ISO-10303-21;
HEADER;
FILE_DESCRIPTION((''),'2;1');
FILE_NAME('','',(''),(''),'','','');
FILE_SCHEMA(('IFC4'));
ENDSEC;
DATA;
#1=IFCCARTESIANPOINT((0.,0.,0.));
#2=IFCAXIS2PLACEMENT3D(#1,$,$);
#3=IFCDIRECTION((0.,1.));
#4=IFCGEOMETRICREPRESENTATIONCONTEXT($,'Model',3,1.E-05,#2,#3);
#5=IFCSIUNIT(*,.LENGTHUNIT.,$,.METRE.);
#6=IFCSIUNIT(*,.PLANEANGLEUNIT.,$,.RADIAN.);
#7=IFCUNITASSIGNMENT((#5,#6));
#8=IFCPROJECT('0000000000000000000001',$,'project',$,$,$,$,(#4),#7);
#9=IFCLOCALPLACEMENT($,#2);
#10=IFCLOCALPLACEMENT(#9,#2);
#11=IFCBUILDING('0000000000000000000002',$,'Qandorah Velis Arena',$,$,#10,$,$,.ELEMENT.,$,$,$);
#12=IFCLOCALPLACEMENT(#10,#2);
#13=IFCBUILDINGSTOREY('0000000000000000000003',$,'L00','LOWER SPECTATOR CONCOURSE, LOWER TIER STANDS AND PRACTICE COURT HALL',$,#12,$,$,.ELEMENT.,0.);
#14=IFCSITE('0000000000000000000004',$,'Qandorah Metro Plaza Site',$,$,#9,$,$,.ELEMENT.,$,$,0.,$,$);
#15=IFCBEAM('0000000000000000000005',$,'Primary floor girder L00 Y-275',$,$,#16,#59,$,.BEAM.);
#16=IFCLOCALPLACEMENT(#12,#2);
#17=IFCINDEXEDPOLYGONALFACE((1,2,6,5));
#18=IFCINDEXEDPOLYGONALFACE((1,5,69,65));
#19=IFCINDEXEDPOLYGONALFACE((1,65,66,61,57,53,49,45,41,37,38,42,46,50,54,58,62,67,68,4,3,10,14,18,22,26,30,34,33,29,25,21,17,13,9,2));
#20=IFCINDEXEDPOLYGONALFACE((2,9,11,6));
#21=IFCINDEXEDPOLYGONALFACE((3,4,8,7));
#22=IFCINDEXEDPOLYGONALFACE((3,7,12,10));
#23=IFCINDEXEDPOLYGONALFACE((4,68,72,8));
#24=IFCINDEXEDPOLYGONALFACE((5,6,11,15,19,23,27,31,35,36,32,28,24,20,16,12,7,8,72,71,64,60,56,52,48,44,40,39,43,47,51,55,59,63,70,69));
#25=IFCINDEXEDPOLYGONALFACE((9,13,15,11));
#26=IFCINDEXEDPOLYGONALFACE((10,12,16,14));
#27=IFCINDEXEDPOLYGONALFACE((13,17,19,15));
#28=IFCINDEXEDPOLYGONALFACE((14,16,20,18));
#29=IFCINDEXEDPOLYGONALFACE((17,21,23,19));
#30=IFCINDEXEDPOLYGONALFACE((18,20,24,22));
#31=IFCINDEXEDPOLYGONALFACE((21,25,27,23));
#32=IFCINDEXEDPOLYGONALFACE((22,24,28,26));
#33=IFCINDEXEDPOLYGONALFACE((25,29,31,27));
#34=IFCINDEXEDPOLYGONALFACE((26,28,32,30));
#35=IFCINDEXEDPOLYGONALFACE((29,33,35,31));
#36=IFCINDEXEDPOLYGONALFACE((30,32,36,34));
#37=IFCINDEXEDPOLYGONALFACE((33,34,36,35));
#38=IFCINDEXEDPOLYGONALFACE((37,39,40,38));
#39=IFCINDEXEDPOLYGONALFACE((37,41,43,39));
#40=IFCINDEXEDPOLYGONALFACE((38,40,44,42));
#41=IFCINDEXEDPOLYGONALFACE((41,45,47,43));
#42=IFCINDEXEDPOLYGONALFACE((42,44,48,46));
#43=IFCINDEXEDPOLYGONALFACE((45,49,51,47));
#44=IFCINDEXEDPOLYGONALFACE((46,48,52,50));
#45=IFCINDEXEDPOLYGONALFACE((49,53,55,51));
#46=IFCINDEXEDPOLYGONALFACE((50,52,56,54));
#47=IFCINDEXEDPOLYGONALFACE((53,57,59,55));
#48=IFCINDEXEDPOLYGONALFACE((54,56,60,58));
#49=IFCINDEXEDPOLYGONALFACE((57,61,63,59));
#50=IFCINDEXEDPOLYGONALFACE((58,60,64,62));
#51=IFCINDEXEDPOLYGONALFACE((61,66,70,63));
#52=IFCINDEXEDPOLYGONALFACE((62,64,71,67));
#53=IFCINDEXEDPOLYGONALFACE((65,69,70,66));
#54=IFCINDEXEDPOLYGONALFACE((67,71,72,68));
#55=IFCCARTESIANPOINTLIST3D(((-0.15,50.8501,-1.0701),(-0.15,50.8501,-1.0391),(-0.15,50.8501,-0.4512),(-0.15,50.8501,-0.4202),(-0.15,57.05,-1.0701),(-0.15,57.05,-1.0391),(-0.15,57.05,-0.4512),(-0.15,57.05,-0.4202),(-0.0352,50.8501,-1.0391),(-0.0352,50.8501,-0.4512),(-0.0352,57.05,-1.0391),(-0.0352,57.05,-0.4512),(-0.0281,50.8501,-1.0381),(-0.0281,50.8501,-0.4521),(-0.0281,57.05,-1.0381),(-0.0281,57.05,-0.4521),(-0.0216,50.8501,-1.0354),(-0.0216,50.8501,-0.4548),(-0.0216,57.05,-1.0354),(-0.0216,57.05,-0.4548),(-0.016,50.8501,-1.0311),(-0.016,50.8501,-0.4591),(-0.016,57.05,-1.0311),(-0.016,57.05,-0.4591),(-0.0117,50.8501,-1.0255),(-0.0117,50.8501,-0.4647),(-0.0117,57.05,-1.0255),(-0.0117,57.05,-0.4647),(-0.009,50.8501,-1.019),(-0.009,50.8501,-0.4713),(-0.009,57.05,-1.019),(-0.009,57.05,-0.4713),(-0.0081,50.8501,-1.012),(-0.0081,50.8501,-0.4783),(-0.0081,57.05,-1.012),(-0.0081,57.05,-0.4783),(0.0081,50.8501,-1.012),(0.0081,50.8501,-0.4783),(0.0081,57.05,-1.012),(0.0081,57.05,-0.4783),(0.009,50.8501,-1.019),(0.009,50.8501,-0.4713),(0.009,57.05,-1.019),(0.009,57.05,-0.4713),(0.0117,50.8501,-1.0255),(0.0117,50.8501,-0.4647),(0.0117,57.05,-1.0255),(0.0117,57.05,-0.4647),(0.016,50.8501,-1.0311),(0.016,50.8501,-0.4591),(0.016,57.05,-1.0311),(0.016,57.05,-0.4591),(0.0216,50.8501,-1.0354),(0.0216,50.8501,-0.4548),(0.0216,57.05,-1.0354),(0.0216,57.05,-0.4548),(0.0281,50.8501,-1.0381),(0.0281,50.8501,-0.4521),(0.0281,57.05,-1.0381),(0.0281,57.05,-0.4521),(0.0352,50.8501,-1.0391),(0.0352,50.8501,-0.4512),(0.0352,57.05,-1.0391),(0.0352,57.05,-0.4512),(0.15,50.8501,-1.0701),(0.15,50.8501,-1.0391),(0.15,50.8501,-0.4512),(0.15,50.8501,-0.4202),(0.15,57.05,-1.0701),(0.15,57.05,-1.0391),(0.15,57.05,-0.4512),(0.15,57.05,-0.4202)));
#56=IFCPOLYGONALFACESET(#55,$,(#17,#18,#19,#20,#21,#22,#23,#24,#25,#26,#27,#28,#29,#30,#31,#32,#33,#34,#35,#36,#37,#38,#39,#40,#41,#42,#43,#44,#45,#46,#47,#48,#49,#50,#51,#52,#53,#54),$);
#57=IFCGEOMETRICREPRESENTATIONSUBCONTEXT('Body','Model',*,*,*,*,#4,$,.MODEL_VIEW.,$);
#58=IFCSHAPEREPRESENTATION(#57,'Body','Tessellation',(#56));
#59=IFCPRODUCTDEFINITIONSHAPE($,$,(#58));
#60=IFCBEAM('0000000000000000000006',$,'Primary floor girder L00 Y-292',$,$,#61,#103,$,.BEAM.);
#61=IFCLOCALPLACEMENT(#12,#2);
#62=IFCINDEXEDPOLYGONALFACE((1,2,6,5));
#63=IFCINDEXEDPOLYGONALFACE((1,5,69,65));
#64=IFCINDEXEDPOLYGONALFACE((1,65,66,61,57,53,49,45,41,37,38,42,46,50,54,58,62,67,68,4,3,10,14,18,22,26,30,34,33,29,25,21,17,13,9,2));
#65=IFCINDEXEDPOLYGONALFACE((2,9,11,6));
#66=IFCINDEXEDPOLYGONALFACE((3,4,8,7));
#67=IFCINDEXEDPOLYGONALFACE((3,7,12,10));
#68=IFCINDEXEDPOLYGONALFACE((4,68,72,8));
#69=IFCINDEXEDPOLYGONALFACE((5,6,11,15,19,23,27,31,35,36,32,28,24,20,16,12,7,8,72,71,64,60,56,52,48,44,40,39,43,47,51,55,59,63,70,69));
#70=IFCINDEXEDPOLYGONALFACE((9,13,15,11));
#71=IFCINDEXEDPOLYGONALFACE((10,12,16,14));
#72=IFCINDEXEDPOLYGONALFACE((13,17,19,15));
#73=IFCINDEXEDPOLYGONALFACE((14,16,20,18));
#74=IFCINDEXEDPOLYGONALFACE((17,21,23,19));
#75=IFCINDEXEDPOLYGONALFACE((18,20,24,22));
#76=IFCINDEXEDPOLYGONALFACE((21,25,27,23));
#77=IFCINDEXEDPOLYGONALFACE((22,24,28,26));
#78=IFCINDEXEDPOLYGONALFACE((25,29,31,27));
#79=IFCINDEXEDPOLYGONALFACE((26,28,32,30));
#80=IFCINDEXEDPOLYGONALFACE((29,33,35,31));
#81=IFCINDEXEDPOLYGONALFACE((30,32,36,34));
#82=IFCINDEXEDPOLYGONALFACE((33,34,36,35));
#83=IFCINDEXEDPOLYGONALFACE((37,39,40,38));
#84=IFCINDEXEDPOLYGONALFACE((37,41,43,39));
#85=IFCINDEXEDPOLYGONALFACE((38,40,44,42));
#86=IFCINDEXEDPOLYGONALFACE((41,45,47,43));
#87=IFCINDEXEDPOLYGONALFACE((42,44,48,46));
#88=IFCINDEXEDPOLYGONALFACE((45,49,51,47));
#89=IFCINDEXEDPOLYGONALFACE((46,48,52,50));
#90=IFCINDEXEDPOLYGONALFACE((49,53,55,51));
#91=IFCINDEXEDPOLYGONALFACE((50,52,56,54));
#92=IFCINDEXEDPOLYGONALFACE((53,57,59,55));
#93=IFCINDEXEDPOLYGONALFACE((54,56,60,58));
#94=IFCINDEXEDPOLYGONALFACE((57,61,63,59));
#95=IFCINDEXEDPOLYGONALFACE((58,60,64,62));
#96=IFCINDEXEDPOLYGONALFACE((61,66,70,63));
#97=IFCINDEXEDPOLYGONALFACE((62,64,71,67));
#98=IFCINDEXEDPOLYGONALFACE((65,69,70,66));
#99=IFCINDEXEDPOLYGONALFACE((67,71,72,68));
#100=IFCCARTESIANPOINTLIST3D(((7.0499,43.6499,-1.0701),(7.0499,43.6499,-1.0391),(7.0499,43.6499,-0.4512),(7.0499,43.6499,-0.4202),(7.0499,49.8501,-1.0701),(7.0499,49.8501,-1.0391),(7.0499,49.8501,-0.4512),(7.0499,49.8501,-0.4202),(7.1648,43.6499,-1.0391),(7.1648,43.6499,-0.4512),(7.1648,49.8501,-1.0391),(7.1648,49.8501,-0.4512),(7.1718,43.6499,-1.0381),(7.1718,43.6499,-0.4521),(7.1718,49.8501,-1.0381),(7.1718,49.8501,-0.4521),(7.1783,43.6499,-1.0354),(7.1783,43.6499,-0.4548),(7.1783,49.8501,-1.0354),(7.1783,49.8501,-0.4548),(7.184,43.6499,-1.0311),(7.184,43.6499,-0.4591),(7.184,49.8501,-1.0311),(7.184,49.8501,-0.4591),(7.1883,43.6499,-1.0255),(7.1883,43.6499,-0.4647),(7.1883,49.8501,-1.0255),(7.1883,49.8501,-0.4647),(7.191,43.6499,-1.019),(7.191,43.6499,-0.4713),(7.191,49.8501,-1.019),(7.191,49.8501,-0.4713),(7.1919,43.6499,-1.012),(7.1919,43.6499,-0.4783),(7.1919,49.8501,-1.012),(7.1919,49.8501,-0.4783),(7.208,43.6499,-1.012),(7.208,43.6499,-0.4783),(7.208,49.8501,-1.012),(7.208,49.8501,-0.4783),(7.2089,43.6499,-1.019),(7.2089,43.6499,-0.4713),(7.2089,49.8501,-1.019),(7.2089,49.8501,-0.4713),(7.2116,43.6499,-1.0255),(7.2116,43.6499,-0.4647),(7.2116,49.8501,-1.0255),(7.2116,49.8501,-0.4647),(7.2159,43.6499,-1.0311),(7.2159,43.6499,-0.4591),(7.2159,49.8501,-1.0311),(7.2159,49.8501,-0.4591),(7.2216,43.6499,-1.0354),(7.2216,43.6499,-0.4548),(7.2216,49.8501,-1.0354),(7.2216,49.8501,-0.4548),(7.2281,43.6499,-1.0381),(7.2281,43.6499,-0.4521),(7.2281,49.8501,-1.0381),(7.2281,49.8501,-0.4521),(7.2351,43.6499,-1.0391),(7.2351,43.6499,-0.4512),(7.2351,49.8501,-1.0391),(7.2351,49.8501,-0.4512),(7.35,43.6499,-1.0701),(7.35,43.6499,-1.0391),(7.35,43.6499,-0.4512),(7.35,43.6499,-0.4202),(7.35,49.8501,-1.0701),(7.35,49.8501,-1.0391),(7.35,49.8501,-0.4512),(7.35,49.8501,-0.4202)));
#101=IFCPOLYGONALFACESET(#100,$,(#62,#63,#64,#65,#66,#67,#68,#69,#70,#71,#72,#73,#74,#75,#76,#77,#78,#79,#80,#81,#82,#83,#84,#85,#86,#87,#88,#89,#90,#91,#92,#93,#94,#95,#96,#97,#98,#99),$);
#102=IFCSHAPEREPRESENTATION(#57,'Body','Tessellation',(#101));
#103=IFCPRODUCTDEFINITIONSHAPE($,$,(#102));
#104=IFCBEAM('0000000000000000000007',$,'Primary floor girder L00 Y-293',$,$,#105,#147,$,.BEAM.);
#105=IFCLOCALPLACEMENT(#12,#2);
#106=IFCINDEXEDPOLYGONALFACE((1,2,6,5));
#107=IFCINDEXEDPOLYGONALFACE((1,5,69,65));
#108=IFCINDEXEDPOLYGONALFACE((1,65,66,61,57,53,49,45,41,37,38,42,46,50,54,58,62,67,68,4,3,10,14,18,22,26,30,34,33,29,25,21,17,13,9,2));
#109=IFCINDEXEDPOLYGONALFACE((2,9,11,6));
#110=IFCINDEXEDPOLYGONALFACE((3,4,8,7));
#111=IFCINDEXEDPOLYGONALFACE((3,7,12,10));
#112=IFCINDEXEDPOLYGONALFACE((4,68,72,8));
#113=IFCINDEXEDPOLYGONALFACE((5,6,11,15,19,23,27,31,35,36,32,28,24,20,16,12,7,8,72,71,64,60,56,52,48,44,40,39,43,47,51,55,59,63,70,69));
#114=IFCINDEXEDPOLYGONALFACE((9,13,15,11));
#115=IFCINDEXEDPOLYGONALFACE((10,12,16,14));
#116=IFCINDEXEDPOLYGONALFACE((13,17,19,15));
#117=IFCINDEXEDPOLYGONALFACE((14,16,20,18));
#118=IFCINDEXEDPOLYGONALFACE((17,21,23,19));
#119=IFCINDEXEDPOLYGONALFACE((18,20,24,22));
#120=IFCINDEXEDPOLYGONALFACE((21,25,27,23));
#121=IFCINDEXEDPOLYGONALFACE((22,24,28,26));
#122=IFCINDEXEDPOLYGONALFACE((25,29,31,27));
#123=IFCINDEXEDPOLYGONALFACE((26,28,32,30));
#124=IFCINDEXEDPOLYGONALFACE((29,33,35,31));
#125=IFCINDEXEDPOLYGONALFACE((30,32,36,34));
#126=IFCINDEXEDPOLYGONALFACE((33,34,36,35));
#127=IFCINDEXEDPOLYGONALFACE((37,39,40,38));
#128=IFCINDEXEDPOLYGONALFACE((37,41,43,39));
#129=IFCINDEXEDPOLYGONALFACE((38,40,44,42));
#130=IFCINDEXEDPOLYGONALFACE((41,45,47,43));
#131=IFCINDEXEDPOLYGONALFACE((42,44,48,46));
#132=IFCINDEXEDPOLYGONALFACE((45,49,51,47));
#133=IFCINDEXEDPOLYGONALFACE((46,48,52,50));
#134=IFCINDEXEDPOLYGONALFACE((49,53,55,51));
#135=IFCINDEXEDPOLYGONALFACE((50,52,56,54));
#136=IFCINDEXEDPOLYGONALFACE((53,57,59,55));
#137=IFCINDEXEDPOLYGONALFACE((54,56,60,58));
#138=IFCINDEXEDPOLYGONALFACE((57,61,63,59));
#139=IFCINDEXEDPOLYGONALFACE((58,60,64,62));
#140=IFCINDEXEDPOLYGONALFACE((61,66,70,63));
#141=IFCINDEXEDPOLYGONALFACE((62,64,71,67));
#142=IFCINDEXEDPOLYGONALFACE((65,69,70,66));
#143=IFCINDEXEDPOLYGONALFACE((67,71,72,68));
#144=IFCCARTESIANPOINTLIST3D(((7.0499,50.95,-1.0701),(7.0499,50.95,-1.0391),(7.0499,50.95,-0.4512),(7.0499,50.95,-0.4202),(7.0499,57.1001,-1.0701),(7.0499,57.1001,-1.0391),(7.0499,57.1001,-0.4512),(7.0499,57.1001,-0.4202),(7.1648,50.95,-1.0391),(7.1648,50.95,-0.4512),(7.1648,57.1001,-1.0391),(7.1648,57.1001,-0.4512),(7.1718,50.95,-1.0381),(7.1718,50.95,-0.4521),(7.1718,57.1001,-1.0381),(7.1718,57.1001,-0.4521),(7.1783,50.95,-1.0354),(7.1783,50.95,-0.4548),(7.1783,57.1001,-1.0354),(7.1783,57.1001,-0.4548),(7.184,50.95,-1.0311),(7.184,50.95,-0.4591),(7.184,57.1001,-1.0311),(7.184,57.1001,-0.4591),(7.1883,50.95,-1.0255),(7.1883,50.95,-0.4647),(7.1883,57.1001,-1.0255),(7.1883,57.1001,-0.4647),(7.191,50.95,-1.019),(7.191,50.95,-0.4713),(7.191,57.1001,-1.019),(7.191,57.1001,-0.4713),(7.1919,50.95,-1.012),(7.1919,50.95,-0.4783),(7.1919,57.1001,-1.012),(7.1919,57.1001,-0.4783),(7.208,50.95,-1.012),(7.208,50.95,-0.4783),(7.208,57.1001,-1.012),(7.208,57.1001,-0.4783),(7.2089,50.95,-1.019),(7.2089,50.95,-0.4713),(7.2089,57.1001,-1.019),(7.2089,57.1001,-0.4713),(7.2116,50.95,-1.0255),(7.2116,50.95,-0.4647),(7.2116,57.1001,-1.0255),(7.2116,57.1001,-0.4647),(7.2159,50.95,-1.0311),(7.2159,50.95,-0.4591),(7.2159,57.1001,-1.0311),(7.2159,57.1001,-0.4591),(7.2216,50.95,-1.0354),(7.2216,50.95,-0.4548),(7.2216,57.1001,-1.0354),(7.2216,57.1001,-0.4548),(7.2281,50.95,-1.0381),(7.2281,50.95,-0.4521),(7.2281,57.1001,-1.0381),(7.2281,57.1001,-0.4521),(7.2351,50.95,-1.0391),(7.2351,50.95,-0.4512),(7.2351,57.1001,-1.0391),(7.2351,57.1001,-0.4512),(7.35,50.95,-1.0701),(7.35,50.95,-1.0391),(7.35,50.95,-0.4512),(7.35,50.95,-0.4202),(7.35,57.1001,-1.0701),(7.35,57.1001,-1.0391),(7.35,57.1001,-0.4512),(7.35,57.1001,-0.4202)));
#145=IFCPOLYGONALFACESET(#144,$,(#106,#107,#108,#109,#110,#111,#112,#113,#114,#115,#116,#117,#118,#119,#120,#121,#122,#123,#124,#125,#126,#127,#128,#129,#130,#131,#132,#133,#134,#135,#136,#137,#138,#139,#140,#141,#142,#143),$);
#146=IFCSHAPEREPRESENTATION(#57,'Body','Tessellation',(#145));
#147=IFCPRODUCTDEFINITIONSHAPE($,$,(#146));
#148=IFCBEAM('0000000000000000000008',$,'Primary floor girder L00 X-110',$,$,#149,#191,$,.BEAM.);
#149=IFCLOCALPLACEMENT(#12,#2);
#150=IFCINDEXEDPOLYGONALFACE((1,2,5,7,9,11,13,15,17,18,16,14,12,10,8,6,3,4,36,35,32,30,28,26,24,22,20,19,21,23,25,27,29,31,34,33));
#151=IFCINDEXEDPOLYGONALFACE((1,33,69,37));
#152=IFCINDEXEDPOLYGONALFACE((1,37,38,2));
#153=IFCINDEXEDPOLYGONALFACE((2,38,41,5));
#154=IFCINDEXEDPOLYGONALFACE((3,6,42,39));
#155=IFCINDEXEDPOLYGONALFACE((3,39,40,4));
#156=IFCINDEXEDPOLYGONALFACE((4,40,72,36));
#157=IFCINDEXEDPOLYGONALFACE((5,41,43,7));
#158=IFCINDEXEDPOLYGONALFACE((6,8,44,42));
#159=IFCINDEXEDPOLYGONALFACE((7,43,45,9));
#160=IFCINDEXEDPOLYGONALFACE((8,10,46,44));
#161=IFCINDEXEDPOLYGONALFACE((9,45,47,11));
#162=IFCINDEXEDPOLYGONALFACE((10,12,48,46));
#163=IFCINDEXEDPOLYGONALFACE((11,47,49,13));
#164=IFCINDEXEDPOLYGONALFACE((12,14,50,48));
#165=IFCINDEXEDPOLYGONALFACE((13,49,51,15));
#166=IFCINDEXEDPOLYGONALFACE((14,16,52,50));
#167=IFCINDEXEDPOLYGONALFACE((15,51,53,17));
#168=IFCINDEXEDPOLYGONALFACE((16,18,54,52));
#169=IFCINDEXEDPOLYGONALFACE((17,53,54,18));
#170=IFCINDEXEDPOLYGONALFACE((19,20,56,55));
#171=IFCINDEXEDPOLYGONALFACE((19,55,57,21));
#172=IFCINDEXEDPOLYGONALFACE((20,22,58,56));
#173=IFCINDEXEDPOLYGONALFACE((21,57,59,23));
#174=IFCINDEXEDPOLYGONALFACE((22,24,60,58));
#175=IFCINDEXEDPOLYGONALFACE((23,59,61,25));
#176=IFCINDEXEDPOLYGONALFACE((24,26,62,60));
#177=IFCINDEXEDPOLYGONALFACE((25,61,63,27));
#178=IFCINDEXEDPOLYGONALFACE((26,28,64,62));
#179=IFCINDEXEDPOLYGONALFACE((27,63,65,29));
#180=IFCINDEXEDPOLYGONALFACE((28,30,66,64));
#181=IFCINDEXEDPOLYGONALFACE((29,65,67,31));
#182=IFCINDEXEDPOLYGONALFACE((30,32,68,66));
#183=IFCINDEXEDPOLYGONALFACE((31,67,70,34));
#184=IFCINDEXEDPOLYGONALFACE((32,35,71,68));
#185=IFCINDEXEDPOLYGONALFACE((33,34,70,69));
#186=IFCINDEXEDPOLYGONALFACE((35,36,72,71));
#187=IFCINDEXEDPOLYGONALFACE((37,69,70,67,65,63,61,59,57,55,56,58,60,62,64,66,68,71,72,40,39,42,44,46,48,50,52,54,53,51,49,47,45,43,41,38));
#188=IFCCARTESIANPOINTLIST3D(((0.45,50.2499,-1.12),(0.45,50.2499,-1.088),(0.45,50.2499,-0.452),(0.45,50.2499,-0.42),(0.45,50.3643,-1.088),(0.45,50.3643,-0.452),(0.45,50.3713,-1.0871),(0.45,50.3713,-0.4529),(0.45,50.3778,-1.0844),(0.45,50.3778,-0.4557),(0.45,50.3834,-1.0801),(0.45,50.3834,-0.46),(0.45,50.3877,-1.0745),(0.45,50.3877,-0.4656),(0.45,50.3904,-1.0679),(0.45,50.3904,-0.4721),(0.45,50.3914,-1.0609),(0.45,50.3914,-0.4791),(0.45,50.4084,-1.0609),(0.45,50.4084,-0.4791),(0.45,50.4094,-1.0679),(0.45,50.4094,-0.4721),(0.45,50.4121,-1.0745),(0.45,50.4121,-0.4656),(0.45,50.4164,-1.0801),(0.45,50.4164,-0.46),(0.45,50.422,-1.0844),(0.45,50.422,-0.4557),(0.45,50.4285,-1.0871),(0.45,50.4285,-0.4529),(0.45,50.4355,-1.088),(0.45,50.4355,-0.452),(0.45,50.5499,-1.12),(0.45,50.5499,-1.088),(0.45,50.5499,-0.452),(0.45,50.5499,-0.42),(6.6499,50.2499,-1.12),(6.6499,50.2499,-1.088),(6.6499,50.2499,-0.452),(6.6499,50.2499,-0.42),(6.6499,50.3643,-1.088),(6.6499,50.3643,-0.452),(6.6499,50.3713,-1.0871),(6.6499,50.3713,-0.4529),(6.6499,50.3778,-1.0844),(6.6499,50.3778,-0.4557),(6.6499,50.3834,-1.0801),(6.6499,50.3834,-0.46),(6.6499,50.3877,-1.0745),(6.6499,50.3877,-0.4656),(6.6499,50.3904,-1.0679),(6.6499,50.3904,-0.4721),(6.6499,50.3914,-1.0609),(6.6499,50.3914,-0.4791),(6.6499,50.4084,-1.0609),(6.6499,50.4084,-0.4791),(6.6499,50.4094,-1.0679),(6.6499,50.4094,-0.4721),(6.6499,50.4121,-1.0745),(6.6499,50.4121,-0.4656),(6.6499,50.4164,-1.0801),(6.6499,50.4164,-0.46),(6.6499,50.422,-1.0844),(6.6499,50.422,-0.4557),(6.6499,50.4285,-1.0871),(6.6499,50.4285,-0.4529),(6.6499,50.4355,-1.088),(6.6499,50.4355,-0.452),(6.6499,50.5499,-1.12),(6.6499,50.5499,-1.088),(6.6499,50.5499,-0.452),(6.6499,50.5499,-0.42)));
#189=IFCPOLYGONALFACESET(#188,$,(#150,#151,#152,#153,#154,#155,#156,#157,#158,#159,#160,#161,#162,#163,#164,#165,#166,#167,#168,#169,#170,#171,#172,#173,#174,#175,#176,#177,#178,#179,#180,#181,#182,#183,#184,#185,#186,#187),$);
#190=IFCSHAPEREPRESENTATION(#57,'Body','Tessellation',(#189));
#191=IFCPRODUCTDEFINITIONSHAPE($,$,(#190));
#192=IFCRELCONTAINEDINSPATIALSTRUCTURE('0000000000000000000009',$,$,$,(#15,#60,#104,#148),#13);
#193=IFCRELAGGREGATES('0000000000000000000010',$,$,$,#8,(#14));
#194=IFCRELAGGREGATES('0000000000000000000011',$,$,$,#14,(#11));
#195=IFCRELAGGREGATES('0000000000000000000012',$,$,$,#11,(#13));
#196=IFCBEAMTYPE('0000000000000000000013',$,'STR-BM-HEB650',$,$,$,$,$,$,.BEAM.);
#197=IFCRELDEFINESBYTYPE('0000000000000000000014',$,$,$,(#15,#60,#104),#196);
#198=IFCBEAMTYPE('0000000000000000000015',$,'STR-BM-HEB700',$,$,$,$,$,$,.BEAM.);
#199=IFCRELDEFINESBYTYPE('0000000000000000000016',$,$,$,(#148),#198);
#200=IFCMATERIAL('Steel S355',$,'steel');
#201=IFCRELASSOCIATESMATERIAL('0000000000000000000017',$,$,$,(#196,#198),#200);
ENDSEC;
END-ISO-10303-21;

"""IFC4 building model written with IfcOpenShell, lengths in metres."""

from ifc_helpers import new_model, si_unit, direction, frame, origin, origin_2d, place, context, subcontext, project, spatial, i_section, extrude, material, material_profile, profile_set, type_object, element, save


model = new_model("IFC4")

# Units and contexts
model_context = context("Model", 3, precision=1e-05, world=origin(), true_north=direction((0.0, 1.0)))
body_context = subcontext(model_context, "Body", "Model", "MODEL_VIEW")
ifc_project = project(units=[si_unit("LENGTHUNIT", "METRE"), si_unit("PLANEANGLEUNIT", "RADIAN")], contexts=[model_context])

# Site, building, storey
site_placement = place(None, origin())
site = spatial("IfcSite", under=ifc_project, at=site_placement, Name="Qandorah Metro Plaza Site", CompositionType="ELEMENT", RefElevation=0.0)
building_placement = place(site_placement, origin())
building = spatial("IfcBuilding", under=site, at=building_placement, Name="Qandorah Velis Arena", CompositionType="ELEMENT")
storey_placement = place(building_placement, origin())
storey = spatial("IfcBuildingStorey", under=building, at=storey_placement, Name="L00", Description="LOWER SPECTATOR CONCOURSE, LOWER TIER STANDS AND PRACTICE COURT HALL", CompositionType="ELEMENT", Elevation=0.0)

# Beams
ifc_material_1 = material(Name="Steel S355", Category="steel")
ifc_material_profile_1 = material_profile(ifc_material_1, i_section(OverallWidth=0.3, OverallDepth=0.6499, WebThickness=0.0161, FlangeThickness=0.031, FilletRadius=0.0271, at=origin_2d()), Name="HEB 650")
ifc_profile_set_1 = profile_set([ifc_material_profile_1], Name="Steel S355")
beam_type_1 = type_object("IfcBeamType", Name="STR-BM-HEB650", PredefinedType="BEAM", material=ifc_profile_set_1)
beam_1_placement = place(storey_placement, frame((0.0, 50.8501, -0.7451), z_axis=(0.0, 1.0, 0.0), x_axis=(-1.0, 0.0, 0.0)))
element("IfcBeam", 1, at=beam_1_placement, inside=storey, type_object=beam_type_1, Name="Primary floor girder L00 Y-275", PredefinedType="BEAM", context=body_context, shape_type="SweptSolid", body=[
    extrude(i_section(OverallWidth=0.3, OverallDepth=0.6499, WebThickness=0.0161, FlangeThickness=0.031, FilletRadius=0.0271, at=origin_2d()), origin(), (0.0, 0.0, 1.0), 6.2),
])
beam_2_placement = place(storey_placement, frame((7.2, 43.6499, -0.7451), z_axis=(0.0, 1.0, 0.0), x_axis=(-1.0, 0.0, 0.0)))
element("IfcBeam", 2, at=beam_2_placement, inside=storey, type_object=beam_type_1, Name="Primary floor girder L00 Y-292", PredefinedType="BEAM", context=body_context, shape_type="SweptSolid", body=[
    extrude(i_section(OverallWidth=0.3, OverallDepth=0.6499, WebThickness=0.0161, FlangeThickness=0.031, FilletRadius=0.0271, at=origin_2d()), origin(), (0.0, 0.0, 1.0), 6.2002),
])
beam_3_placement = place(storey_placement, frame((7.2, 50.95, -0.7451), z_axis=(0.0, 1.0, 0.0), x_axis=(-1.0, 0.0, 0.0)))
element("IfcBeam", 3, at=beam_3_placement, inside=storey, type_object=beam_type_1, Name="Primary floor girder L00 Y-293", PredefinedType="BEAM", context=body_context, shape_type="SweptSolid", body=[
    extrude(i_section(OverallWidth=0.3, OverallDepth=0.6499, WebThickness=0.0161, FlangeThickness=0.031, FilletRadius=0.0271, at=origin_2d()), origin(), (0.0, 0.0, 1.0), 6.1501),
])
ifc_material_profile_2 = material_profile(ifc_material_1, i_section(OverallWidth=0.3, OverallDepth=0.7, WebThickness=0.0171, FlangeThickness=0.032, FilletRadius=0.0271, at=origin_2d()), Name="HEB 700")
ifc_profile_set_2 = profile_set([ifc_material_profile_2], Name="Steel S355")
beam_type_2 = type_object("IfcBeamType", Name="STR-BM-HEB700", PredefinedType="BEAM", material=ifc_profile_set_2)
beam_4_placement = place(storey_placement, frame((0.45, 50.3999, -0.77), z_axis=(1.0, 0.0, 0.0), x_axis=(0.0, 1.0, 0.0)))
element("IfcBeam", 4, at=beam_4_placement, inside=storey, type_object=beam_type_2, Name="Primary floor girder L00 X-110", PredefinedType="BEAM", context=body_context, shape_type="SweptSolid", body=[
    extrude(i_section(OverallWidth=0.3, OverallDepth=0.7, WebThickness=0.0171, FlangeThickness=0.032, FilletRadius=0.0271, at=origin_2d()), origin(), (0.0, 0.0, 1.0), 6.2),
])

save(model, "model.ifc")
